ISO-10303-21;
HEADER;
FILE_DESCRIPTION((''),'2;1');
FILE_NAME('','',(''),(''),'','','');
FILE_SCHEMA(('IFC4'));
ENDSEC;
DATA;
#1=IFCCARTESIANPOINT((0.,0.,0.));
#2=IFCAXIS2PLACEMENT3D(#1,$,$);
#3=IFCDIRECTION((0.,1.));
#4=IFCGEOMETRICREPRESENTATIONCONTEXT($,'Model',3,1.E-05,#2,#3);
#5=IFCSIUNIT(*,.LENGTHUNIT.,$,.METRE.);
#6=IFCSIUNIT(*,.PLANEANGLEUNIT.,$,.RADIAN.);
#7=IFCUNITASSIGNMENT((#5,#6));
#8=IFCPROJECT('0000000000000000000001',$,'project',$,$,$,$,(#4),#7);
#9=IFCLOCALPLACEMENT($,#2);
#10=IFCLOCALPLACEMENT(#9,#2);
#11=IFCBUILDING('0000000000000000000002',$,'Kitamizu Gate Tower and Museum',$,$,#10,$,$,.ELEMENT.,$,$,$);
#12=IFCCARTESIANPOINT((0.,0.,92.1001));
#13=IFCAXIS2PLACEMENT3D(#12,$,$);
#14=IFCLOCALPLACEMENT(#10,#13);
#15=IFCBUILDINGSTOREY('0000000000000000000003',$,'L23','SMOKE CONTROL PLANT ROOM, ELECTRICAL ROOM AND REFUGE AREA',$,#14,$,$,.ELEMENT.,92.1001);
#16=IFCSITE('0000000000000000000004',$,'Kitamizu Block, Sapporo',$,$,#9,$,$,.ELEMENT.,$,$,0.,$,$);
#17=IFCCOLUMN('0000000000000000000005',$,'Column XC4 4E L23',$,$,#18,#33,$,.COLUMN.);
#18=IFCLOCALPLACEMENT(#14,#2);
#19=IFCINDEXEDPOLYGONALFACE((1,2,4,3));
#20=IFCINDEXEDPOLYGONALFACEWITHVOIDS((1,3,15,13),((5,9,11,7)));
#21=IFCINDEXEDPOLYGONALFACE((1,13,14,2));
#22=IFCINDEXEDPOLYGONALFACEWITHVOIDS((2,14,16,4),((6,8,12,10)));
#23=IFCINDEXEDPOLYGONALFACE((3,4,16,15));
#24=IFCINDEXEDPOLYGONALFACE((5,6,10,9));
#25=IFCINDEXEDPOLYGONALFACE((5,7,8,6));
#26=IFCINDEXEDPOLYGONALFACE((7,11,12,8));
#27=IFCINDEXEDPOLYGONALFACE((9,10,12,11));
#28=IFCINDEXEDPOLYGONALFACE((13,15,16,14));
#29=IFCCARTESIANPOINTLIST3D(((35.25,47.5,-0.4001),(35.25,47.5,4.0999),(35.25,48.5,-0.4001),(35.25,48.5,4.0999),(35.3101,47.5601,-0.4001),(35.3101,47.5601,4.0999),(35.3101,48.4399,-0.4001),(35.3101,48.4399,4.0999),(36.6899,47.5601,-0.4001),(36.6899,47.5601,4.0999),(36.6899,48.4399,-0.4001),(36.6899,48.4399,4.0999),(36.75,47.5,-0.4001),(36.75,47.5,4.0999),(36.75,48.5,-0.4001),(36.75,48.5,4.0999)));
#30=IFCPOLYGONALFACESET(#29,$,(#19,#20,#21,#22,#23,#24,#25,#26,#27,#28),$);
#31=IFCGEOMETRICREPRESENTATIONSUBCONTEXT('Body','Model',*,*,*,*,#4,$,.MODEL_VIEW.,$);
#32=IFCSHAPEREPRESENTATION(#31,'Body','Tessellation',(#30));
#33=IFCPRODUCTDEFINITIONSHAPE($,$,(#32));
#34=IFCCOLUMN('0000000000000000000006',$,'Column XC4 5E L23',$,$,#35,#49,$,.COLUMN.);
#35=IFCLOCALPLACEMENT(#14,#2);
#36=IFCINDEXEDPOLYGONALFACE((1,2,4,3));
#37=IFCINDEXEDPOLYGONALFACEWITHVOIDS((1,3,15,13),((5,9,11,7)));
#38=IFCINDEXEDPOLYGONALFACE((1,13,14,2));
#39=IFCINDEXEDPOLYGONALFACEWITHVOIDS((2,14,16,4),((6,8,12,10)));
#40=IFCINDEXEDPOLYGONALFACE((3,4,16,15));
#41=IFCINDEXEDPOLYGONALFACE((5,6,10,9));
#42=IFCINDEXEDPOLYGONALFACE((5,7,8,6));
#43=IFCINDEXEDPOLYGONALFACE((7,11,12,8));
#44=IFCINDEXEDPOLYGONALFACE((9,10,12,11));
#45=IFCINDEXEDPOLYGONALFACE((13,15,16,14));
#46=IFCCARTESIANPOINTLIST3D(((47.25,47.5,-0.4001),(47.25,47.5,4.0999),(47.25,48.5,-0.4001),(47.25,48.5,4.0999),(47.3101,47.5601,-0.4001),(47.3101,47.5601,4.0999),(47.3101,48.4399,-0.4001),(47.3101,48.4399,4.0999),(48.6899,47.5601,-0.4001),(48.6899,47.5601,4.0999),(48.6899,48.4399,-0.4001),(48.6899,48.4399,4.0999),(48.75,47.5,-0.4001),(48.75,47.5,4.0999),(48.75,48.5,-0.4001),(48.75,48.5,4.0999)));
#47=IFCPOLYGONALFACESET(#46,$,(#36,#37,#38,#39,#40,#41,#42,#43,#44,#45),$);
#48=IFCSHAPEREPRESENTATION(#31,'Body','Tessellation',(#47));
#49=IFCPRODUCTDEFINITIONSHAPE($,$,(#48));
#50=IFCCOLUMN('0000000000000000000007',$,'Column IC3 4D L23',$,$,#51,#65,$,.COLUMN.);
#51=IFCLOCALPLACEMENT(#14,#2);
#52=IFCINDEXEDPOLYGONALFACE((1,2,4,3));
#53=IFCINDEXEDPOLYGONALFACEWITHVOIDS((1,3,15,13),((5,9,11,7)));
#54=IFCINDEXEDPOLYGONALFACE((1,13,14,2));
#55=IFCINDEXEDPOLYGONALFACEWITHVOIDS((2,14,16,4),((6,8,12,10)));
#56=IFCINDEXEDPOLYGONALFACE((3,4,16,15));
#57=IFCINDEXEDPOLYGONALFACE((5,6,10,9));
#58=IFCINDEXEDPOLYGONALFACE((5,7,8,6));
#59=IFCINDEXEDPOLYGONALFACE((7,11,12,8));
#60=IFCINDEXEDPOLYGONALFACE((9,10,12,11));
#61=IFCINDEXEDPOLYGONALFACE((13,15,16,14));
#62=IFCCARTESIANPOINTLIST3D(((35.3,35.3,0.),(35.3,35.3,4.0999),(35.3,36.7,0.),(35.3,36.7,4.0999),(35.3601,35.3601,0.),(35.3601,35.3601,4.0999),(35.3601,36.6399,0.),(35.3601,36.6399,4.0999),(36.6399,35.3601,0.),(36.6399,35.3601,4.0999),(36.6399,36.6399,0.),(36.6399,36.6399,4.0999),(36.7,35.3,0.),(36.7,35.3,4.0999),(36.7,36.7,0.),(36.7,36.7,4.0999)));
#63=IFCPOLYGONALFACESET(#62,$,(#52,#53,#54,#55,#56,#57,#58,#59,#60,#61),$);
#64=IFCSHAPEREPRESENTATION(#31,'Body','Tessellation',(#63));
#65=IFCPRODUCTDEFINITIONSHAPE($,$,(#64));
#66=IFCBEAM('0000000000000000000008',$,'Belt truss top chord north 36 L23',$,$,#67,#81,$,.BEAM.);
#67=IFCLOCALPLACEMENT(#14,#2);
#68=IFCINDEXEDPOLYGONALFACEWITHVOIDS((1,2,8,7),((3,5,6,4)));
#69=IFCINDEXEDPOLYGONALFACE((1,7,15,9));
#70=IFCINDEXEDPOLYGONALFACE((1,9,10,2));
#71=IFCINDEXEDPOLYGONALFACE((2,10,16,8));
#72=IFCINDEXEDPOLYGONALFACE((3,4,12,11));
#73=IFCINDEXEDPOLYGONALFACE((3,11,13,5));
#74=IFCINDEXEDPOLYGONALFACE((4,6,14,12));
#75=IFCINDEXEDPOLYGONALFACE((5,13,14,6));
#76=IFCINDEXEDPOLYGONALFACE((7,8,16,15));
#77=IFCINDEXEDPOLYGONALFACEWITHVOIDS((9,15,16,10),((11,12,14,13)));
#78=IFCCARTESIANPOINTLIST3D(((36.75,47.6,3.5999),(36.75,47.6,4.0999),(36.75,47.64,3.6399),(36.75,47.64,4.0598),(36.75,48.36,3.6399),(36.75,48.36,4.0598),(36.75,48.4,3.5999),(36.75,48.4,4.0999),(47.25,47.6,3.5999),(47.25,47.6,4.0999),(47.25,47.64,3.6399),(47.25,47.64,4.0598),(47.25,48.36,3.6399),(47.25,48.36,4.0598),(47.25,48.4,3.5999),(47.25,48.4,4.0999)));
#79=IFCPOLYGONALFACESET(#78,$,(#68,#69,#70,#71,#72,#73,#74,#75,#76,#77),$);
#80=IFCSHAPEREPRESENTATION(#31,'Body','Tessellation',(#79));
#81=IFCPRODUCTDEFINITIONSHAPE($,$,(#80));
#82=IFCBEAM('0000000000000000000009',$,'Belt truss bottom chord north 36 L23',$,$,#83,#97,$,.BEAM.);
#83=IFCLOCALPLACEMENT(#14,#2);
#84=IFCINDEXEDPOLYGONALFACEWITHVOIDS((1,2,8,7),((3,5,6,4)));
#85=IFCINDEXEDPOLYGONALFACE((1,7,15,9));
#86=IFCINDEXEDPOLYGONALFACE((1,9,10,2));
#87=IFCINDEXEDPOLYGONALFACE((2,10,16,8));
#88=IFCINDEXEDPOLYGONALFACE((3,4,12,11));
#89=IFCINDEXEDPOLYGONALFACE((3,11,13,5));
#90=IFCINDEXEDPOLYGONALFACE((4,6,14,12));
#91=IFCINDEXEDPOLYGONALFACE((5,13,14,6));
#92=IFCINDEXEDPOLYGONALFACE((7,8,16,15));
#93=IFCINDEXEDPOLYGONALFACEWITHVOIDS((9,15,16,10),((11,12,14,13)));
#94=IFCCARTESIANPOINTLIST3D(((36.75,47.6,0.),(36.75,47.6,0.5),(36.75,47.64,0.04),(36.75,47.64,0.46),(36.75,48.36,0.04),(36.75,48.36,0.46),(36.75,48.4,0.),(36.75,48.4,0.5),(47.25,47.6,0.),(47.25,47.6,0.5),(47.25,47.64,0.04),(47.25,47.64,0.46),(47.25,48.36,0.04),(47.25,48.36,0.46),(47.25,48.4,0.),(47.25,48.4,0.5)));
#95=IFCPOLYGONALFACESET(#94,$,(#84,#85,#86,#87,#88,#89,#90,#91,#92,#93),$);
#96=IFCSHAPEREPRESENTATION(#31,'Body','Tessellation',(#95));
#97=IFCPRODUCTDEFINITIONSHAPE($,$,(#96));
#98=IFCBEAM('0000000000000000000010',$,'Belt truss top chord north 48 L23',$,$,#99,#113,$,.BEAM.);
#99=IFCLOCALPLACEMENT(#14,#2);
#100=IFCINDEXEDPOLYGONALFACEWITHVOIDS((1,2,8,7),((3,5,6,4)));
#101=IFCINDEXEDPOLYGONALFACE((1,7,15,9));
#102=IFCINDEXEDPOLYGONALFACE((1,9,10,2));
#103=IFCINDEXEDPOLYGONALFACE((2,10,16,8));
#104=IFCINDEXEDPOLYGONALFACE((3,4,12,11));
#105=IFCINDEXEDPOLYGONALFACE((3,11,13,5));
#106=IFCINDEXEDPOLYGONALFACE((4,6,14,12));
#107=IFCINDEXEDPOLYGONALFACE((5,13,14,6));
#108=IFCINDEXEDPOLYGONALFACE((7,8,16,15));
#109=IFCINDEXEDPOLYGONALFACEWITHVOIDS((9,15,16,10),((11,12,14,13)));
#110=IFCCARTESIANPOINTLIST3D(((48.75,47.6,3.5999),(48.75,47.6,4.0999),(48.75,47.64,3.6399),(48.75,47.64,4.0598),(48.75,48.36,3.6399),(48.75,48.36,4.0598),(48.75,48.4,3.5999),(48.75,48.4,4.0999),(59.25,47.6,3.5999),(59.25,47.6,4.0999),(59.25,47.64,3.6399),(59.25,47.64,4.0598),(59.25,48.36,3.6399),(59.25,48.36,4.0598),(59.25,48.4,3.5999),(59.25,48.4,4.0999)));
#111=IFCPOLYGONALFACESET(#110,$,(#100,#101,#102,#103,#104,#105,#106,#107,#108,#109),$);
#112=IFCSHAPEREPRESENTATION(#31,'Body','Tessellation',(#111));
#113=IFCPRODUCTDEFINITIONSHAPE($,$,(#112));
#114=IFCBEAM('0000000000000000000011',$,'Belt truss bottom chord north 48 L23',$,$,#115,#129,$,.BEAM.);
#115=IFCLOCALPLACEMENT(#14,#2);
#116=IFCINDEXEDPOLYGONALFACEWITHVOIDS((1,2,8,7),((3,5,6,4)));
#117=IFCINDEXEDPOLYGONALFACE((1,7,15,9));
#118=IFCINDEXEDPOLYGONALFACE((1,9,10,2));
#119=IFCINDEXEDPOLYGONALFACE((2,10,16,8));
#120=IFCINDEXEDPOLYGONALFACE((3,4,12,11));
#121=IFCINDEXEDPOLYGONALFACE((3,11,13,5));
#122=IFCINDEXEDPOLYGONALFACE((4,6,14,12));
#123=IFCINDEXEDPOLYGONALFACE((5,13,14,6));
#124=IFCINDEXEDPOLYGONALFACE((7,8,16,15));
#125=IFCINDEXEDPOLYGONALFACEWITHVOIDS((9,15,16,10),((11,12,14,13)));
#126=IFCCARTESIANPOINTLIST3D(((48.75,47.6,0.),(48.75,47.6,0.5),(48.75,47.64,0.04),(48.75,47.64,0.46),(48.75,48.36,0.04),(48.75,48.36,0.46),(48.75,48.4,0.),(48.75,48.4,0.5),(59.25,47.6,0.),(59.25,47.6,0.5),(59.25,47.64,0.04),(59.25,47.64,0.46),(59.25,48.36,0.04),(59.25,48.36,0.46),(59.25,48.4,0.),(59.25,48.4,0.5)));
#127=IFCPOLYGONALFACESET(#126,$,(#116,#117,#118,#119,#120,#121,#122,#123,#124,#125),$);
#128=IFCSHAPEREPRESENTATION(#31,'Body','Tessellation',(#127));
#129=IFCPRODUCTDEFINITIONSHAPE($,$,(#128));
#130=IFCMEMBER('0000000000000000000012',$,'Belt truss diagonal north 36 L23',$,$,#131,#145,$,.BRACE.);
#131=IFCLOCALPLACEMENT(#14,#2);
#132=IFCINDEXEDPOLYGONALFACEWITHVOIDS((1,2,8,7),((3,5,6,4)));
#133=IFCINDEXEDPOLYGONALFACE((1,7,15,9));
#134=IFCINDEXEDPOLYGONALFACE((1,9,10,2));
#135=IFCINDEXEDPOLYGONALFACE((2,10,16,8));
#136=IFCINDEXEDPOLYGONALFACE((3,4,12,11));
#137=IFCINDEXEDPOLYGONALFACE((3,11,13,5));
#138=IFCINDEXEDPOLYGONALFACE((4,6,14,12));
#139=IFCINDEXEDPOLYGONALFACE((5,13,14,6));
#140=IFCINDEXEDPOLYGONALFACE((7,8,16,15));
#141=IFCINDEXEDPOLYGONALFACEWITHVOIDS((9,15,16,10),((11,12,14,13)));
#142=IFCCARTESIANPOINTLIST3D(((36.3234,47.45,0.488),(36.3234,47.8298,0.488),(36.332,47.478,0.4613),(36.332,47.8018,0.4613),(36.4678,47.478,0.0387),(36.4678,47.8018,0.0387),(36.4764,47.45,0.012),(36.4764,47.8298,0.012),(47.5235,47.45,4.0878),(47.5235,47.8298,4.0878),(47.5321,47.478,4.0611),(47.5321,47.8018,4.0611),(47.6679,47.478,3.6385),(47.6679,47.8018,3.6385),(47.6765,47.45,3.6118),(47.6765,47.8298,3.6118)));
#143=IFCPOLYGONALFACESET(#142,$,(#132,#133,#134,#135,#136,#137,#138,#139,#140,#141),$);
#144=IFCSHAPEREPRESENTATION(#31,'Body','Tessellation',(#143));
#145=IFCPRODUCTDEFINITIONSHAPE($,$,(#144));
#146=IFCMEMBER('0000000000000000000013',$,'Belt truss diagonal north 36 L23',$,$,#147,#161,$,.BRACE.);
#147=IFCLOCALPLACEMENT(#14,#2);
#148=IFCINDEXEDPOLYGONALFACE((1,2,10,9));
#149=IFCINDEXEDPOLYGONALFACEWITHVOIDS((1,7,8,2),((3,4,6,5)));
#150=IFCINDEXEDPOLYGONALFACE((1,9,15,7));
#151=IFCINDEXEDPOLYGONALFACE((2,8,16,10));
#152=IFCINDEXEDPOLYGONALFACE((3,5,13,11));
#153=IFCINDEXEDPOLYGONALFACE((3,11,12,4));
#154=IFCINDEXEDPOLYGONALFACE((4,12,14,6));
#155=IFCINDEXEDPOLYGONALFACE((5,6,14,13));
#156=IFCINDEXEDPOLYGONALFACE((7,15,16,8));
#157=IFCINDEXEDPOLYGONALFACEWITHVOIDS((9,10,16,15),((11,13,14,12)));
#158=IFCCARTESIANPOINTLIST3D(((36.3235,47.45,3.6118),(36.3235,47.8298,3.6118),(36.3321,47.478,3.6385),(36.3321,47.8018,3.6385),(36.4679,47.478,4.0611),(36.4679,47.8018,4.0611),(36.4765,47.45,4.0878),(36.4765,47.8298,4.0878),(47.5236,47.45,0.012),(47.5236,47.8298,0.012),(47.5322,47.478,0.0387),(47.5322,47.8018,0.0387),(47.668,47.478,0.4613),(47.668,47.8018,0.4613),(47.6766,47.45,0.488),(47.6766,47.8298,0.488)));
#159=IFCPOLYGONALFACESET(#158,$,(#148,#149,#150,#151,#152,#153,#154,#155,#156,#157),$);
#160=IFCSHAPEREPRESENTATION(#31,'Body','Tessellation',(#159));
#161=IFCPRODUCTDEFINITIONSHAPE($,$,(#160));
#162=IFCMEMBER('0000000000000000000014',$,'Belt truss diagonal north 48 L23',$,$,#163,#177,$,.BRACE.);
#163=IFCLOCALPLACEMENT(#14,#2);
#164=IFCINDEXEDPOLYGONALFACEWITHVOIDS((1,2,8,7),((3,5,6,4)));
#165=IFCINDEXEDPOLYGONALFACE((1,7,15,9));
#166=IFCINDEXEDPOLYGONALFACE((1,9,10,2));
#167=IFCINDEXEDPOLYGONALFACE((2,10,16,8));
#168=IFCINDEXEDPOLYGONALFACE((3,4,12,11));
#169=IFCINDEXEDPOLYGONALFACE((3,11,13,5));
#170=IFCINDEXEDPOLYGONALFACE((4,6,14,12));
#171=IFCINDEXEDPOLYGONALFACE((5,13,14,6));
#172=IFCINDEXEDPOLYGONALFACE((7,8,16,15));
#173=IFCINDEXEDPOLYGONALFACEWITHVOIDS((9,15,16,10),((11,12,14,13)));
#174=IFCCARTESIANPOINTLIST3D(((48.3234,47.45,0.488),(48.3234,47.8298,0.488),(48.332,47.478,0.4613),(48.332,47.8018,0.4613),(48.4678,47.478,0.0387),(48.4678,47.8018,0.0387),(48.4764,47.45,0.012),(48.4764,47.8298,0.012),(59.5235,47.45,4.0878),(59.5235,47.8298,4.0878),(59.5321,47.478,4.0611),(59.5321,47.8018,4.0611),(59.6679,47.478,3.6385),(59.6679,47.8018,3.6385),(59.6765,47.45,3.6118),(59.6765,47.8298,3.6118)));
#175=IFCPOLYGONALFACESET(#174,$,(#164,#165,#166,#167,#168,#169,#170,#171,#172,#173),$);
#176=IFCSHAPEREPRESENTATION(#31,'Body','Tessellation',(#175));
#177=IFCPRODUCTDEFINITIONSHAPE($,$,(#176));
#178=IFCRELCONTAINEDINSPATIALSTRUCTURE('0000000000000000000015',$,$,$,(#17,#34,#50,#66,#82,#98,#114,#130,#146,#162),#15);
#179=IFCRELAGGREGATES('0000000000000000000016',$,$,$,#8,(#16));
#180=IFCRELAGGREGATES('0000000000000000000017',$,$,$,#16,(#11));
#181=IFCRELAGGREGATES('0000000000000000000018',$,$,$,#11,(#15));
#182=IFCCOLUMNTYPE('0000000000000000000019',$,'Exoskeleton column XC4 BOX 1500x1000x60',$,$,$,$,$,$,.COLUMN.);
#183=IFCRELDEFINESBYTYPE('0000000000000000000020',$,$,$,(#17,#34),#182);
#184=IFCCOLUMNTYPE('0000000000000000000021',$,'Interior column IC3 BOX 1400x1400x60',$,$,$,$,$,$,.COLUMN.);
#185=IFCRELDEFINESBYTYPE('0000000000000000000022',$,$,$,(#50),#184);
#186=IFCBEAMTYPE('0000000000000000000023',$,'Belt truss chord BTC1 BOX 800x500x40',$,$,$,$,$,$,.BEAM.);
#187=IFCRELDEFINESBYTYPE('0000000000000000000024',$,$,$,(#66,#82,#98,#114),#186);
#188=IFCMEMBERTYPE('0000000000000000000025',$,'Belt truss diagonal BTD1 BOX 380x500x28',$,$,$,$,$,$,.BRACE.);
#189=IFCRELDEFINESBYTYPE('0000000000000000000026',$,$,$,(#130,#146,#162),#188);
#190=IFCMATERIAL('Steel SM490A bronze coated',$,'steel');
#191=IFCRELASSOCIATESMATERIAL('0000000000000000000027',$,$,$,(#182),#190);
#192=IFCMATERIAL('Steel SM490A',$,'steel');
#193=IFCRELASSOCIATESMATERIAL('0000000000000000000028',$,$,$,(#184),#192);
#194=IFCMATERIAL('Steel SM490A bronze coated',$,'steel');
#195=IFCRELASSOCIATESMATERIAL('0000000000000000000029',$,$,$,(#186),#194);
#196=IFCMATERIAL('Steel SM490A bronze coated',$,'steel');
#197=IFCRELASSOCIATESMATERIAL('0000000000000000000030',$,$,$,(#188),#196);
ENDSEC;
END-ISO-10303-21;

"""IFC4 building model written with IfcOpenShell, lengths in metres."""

from ifc_helpers import new_model, si_unit, direction, frame, origin, origin_2d, place, context, subcontext, project, spatial, hollow_rectangle, extrude, material, material_profile, profile_set, type_object, element, save


model = new_model("IFC4")

# Units and contexts
model_context = context("Model", 3, precision=1e-05, world=origin(), true_north=direction((0.0, 1.0)))
body_context = subcontext(model_context, "Body", "Model", "MODEL_VIEW")
ifc_project = project(units=[si_unit("LENGTHUNIT", "METRE"), si_unit("PLANEANGLEUNIT", "RADIAN")], contexts=[model_context])

# Site, building, storey
site_placement = place(None, origin())
site = spatial("IfcSite", under=ifc_project, at=site_placement, Name="Kitamizu Block, Sapporo", CompositionType="ELEMENT", RefElevation=0.0)
building_placement = place(site_placement, origin())
building = spatial("IfcBuilding", under=site, at=building_placement, Name="Kitamizu Gate Tower and Museum", CompositionType="ELEMENT")
storey_placement = place(building_placement, frame((0.0, 0.0, 92.1001)))
storey = spatial("IfcBuildingStorey", under=building, at=storey_placement, Name="L23", Description="SMOKE CONTROL PLANT ROOM, ELECTRICAL ROOM AND REFUGE AREA", CompositionType="ELEMENT", Elevation=92.1001)

# Columns
ifc_material_1 = material(Name="Steel SM490A bronze coated", Category="steel")
ifc_material_profile_1 = material_profile(ifc_material_1, hollow_rectangle(XDim=1.5, YDim=1.0, WallThickness=0.0601, at=origin_2d()), Name="BOX 1500x1000x60")
ifc_profile_set_1 = profile_set([ifc_material_profile_1], Name="Steel SM490A bronze coated")
column_type_1 = type_object("IfcColumnType", Name="Exoskeleton column XC4 BOX 1500x1000x60", PredefinedType="COLUMN", material=ifc_profile_set_1)
for number, where, z_axis, x_axis, name in (
    (1, (36.0, 48.0, -0.4001), (0.0, 0.0, 1.0), (1.0, 0.0, 0.0), "Column XC4 4E L23"),
    (2, (48.0, 48.0, -0.4001), (0.0, 0.0, 1.0), (1.0, 0.0, 0.0), "Column XC4 5E L23"),
):
    element("IfcColumn", number, at=place(storey_placement, frame(where, z_axis=z_axis, x_axis=x_axis)), inside=storey, type_object=column_type_1, Name=name, PredefinedType="COLUMN", context=body_context, shape_type="SweptSolid", body=[
        extrude(hollow_rectangle(XDim=1.5, YDim=1.0, WallThickness=0.0601, at=origin_2d()), origin(), (0.0, 0.0, 1.0), 4.5),
    ])
ifc_material_2 = material(Name="Steel SM490A", Category="steel")
ifc_material_profile_2 = material_profile(ifc_material_2, hollow_rectangle(XDim=1.3999, YDim=1.3999, WallThickness=0.0601, at=origin_2d()), Name="BOX 1400x1400x60")
ifc_profile_set_2 = profile_set([ifc_material_profile_2], Name="Steel SM490A")
column_type_2 = type_object("IfcColumnType", Name="Interior column IC3 BOX 1400x1400x60", PredefinedType="COLUMN", material=ifc_profile_set_2)
column_placement = place(storey_placement, frame((36.0, 36.0, 0.0), z_axis=(0.0, 0.0, 1.0), x_axis=(1.0, 0.0, 0.0)))
element("IfcColumn", 3, at=column_placement, inside=storey, type_object=column_type_2, Name="Column IC3 4D L23", PredefinedType="COLUMN", context=body_context, shape_type="SweptSolid", body=[
    extrude(hollow_rectangle(XDim=1.3999, YDim=1.3999, WallThickness=0.0601, at=origin_2d()), origin(), (0.0, 0.0, 1.0), 4.0999),
])

# Beams
ifc_material_3 = material(Name="Steel SM490A bronze coated", Category="steel")
ifc_material_profile_3 = material_profile(ifc_material_3, hollow_rectangle(XDim=0.8, YDim=0.5, WallThickness=0.04, at=origin_2d()), Name="BOX 800x500x40")
ifc_profile_set_3 = profile_set([ifc_material_profile_3], Name="Steel SM490A bronze coated")
beam_type_1 = type_object("IfcBeamType", Name="Belt truss chord BTC1 BOX 800x500x40", PredefinedType="BEAM", material=ifc_profile_set_3)
for number, where, z_axis, x_axis, name in (
    (4, (36.75, 48.0, 3.8499), (1.0, 0.0, 0.0), (0.0, 1.0, 0.0), "Belt truss top chord north 36 L23"),
    (5, (36.75, 48.0, 0.25), (1.0, 0.0, 0.0), (0.0, 1.0, 0.0), "Belt truss bottom chord north 36 L23"),
    (6, (48.75, 48.0, 3.8499), (1.0, 0.0, 0.0), (0.0, 1.0, 0.0), "Belt truss top chord north 48 L23"),
    (7, (48.75, 48.0, 0.25), (1.0, 0.0, 0.0), (0.0, 1.0, 0.0), "Belt truss bottom chord north 48 L23"),
):
    element("IfcBeam", number, at=place(storey_placement, frame(where, z_axis=z_axis, x_axis=x_axis)), inside=storey, type_object=beam_type_1, Name=name, PredefinedType="BEAM", context=body_context, shape_type="SweptSolid", body=[
        extrude(hollow_rectangle(XDim=0.8, YDim=0.5, WallThickness=0.04, at=origin_2d()), origin(), (0.0, 0.0, 1.0), 10.5),
    ])

# Members
ifc_material_4 = material(Name="Steel SM490A bronze coated", Category="steel")
ifc_material_profile_4 = material_profile(ifc_material_4, hollow_rectangle(XDim=0.3799, YDim=0.5, WallThickness=0.0281, at=origin_2d()), Name="BOX 380x500x28")
ifc_profile_set_4 = profile_set([ifc_material_profile_4], Name="Steel SM490A bronze coated")
member_type = type_object("IfcMemberType", Name="Belt truss diagonal BTD1 BOX 380x500x28", PredefinedType="BRACE", material=ifc_profile_set_4)
for number, where, z_axis, x_axis, name in (
    (8, (36.3999, 47.6399, 0.25), (0.952034, 0.0, 0.305993), (0.0, 1.0, 0.0), "Belt truss diagonal north 36 L23"),
    (9, (47.6001, 47.6399, 0.25), (-0.952034, 0.0, 0.305993), (0.0, -1.0, 0.0), "Belt truss diagonal north 36 L23"),
    (10, (48.3999, 47.6399, 0.25), (0.952034, 0.0, 0.305993), (0.0, 1.0, 0.0), "Belt truss diagonal north 48 L23"),
):
    element("IfcMember", number, at=place(storey_placement, frame(where, z_axis=z_axis, x_axis=x_axis)), inside=storey, type_object=member_type, Name=name, PredefinedType="BRACE", context=body_context, shape_type="SweptSolid", body=[
        extrude(hollow_rectangle(XDim=0.3799, YDim=0.5, WallThickness=0.0281, at=origin_2d()), origin(), (0.0, 0.0, 1.0), 11.7644),
    ])

save(model, "model.ifc")
